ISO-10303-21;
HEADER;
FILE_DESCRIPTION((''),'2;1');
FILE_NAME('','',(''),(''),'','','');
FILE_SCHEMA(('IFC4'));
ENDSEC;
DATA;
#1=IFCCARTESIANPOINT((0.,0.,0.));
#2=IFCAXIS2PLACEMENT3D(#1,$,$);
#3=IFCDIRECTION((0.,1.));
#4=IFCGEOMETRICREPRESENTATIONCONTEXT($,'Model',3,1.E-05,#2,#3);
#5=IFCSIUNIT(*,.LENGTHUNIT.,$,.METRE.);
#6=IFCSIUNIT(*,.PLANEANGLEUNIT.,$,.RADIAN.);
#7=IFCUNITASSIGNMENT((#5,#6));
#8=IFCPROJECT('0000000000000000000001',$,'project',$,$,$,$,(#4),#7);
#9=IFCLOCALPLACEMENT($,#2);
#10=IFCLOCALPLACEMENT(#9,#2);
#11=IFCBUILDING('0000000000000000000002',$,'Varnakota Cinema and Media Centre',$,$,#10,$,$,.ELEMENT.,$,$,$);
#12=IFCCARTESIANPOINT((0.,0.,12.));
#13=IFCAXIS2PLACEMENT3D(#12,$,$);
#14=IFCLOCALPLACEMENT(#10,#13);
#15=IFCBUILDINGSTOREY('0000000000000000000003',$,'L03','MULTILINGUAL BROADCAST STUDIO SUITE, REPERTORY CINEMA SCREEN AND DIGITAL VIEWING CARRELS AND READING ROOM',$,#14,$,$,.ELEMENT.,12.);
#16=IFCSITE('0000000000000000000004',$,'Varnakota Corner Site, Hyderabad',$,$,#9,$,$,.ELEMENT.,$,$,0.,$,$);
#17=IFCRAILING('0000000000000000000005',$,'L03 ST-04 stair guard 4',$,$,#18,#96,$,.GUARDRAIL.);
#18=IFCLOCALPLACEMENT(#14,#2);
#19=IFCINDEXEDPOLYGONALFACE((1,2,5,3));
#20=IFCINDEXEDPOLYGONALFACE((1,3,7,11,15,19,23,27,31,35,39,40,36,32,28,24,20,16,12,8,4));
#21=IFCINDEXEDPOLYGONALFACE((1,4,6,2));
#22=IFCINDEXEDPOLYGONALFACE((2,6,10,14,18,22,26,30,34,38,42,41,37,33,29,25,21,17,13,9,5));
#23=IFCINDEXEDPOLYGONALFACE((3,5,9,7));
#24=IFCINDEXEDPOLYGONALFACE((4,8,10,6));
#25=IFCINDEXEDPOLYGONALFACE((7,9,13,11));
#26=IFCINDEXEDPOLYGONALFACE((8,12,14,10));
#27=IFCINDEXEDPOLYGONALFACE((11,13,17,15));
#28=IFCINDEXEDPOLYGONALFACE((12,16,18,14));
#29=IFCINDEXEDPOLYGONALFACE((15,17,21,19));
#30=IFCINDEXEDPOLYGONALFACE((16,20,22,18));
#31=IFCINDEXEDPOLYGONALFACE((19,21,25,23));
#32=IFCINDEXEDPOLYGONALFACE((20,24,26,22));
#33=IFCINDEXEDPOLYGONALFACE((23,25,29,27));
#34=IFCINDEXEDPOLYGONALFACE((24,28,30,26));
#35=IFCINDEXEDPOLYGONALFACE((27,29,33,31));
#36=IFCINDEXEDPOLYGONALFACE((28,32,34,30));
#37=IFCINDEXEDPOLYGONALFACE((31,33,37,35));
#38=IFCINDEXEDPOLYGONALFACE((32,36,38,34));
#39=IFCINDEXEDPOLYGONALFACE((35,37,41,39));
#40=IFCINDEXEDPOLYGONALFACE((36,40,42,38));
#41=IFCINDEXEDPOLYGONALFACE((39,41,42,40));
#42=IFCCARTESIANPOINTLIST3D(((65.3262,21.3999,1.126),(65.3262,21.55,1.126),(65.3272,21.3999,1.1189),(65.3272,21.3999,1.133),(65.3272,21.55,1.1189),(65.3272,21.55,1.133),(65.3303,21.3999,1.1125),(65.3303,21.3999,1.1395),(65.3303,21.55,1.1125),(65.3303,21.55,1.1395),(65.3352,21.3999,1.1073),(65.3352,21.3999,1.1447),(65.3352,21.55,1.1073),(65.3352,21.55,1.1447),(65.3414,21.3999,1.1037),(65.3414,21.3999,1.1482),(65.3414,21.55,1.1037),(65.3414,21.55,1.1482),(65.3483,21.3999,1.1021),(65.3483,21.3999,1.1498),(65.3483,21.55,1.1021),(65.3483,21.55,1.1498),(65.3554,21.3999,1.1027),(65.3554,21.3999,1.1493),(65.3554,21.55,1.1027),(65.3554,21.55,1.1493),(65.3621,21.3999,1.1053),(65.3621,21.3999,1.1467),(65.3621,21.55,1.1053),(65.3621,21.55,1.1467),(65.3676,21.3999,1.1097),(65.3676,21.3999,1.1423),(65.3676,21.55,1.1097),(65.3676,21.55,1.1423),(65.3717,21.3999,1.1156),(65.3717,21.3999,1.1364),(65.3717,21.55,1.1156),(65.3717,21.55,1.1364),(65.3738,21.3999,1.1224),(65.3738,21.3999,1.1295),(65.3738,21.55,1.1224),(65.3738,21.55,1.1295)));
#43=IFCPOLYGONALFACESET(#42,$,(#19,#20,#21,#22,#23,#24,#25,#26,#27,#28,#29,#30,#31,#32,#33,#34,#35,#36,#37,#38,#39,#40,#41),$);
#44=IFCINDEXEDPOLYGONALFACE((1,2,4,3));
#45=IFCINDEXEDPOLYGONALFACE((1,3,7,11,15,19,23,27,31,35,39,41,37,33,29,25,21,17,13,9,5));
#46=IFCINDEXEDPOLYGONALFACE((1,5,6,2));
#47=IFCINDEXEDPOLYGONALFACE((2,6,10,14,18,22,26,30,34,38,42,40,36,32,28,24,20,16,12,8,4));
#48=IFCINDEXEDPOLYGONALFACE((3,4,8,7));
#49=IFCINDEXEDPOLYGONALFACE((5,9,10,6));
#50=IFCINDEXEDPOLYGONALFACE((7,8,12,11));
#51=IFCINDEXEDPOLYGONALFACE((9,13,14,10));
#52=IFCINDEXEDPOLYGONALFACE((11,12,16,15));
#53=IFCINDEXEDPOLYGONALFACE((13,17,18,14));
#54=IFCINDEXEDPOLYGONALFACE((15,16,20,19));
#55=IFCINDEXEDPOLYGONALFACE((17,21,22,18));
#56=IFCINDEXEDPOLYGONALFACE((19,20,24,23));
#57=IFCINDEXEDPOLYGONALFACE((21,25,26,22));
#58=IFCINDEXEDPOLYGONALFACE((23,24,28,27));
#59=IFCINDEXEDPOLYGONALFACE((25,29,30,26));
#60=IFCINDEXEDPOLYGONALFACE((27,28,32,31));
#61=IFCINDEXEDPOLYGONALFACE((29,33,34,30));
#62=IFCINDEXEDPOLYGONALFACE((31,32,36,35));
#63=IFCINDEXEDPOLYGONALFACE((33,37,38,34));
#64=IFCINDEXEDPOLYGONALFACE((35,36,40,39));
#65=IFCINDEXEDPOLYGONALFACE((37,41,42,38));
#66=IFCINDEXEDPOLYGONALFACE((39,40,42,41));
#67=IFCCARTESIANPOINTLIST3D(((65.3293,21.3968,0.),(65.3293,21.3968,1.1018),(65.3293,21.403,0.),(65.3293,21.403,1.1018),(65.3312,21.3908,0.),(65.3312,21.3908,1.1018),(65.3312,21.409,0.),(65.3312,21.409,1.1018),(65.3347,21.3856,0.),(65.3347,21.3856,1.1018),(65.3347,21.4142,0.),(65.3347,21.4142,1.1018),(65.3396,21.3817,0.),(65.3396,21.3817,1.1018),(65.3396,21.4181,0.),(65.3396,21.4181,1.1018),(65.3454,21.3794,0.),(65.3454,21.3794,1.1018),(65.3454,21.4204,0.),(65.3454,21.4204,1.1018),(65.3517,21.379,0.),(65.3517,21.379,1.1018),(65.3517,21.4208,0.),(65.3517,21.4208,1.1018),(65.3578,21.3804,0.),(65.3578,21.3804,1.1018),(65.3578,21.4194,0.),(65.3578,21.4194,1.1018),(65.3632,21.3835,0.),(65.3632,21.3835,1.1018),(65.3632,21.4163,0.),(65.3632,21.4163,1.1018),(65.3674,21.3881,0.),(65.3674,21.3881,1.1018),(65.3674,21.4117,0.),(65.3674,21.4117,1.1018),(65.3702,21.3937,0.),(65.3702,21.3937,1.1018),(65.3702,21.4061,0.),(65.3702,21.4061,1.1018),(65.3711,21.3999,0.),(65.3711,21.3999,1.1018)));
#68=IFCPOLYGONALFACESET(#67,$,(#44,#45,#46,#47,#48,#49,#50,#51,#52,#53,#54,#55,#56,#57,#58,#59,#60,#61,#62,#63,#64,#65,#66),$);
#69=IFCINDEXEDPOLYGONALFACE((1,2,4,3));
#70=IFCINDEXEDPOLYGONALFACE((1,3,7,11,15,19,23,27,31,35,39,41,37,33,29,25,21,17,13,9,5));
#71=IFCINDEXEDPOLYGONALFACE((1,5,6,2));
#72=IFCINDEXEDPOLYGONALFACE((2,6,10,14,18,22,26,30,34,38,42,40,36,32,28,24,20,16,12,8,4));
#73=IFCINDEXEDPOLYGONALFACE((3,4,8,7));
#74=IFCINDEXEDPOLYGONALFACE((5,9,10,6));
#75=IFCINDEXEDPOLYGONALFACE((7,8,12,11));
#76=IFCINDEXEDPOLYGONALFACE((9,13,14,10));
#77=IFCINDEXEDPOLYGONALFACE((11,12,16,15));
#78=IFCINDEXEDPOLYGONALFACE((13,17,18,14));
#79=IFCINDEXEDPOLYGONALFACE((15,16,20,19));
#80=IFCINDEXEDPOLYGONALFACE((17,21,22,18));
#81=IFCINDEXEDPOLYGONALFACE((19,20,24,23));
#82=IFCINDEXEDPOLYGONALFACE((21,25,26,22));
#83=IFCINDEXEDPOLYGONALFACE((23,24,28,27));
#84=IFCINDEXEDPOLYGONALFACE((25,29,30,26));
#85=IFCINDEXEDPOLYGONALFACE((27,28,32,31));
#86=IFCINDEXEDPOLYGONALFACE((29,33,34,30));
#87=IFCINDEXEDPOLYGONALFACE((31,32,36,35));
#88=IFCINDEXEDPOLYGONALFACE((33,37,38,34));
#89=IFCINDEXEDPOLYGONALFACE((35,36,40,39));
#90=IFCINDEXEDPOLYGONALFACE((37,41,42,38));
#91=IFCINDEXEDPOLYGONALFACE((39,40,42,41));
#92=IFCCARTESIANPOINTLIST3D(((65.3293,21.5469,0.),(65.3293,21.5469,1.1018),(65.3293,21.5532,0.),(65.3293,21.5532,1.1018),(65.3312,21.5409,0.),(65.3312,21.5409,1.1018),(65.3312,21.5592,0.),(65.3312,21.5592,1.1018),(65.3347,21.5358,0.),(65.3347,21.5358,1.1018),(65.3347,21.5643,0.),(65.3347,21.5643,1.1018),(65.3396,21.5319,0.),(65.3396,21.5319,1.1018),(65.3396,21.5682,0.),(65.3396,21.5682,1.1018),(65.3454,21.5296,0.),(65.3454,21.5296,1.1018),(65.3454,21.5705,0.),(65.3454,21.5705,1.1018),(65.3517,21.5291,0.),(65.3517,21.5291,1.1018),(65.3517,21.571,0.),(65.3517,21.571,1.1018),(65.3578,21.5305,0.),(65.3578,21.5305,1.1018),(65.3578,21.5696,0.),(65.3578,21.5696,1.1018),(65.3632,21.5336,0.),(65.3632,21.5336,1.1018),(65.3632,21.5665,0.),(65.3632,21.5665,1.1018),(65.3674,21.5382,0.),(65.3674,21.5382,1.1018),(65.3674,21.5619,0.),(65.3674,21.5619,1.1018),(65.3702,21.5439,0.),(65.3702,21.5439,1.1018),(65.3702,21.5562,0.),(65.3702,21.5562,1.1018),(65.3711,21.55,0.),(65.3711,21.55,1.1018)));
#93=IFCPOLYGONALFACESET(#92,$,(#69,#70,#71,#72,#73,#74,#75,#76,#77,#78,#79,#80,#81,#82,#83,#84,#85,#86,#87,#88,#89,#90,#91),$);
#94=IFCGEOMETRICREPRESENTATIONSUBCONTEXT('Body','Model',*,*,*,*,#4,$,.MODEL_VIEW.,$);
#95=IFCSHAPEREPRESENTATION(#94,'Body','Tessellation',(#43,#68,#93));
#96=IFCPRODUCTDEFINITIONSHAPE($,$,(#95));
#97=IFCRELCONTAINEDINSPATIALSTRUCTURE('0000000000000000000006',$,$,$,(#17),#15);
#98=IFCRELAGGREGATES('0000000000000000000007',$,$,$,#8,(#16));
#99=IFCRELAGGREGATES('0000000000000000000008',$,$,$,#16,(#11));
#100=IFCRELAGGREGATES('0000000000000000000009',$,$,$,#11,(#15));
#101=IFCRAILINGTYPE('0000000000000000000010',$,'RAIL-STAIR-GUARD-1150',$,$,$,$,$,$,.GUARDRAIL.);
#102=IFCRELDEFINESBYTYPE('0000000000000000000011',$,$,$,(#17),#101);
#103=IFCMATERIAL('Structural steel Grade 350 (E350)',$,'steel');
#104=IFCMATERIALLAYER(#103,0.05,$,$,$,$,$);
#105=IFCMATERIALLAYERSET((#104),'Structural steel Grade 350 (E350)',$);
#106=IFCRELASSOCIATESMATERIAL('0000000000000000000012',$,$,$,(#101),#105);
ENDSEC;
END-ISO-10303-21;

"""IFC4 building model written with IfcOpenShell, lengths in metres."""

from ifc_helpers import new_model, si_unit, direction, frame, origin, origin_2d, place, context, subcontext, project, spatial, circle, extrude, material, layer, layer_set, type_object, element, save


model = new_model("IFC4")

# Units and contexts
model_context = context("Model", 3, precision=1e-05, world=origin(), true_north=direction((0.0, 1.0)))
body_context = subcontext(model_context, "Body", "Model", "MODEL_VIEW")
ifc_project = project(units=[si_unit("LENGTHUNIT", "METRE"), si_unit("PLANEANGLEUNIT", "RADIAN")], contexts=[model_context])

# Site, building, storey
site_placement = place(None, origin())
site = spatial("IfcSite", under=ifc_project, at=site_placement, Name="Varnakota Corner Site, Hyderabad", CompositionType="ELEMENT", RefElevation=0.0)
building_placement = place(site_placement, origin())
building = spatial("IfcBuilding", under=site, at=building_placement, Name="Varnakota Cinema and Media Centre", CompositionType="ELEMENT")
storey_placement = place(building_placement, frame((0.0, 0.0, 12.0)))
storey = spatial("IfcBuildingStorey", under=building, at=storey_placement, Name="L03", Description="MULTILINGUAL BROADCAST STUDIO SUITE, REPERTORY CINEMA SCREEN AND DIGITAL VIEWING CARRELS AND READING ROOM", CompositionType="ELEMENT", Elevation=12.0)

# Railing
ifc_material_1 = material(Name="Structural steel Grade 350 (E350)", Category="steel")
ifc_layer_1 = layer(ifc_material_1, 0.05)
ifc_layer_set_1 = layer_set([ifc_layer_1], Name="Structural steel Grade 350 (E350)")
railing_type_1 = type_object("IfcRailingType", Name="RAIL-STAIR-GUARD-1150", PredefinedType="GUARDRAIL", material=ifc_layer_set_1)
railing_1_placement = place(storey_placement, frame((65.3501, 21.3999, 0.0)))
element("IfcRailing", 1, at=railing_1_placement, inside=storey, type_object=railing_type_1, Name="L03 ST-04 stair guard 4", PredefinedType="GUARDRAIL", context=body_context, shape_type="SweptSolid", body=[
    extrude(circle(Radius=0.0239, at=origin_2d()), frame((0.0, 0.0, 1.126), z_axis=(0.0, 1.0, 0.0), x_axis=(-1.0, 0.0, 0.0)), (0.0, 0.0, 1.0), 0.1501),
    extrude(circle(Radius=0.021, at=origin_2d()), origin(), (0.0, 0.0, 1.0), 1.1018),
    extrude(circle(Radius=0.021, at=origin_2d()), frame((0.0, 0.1501, 0.0)), (0.0, 0.0, 1.0), 1.1018),
])

save(model, "model.ifc")
